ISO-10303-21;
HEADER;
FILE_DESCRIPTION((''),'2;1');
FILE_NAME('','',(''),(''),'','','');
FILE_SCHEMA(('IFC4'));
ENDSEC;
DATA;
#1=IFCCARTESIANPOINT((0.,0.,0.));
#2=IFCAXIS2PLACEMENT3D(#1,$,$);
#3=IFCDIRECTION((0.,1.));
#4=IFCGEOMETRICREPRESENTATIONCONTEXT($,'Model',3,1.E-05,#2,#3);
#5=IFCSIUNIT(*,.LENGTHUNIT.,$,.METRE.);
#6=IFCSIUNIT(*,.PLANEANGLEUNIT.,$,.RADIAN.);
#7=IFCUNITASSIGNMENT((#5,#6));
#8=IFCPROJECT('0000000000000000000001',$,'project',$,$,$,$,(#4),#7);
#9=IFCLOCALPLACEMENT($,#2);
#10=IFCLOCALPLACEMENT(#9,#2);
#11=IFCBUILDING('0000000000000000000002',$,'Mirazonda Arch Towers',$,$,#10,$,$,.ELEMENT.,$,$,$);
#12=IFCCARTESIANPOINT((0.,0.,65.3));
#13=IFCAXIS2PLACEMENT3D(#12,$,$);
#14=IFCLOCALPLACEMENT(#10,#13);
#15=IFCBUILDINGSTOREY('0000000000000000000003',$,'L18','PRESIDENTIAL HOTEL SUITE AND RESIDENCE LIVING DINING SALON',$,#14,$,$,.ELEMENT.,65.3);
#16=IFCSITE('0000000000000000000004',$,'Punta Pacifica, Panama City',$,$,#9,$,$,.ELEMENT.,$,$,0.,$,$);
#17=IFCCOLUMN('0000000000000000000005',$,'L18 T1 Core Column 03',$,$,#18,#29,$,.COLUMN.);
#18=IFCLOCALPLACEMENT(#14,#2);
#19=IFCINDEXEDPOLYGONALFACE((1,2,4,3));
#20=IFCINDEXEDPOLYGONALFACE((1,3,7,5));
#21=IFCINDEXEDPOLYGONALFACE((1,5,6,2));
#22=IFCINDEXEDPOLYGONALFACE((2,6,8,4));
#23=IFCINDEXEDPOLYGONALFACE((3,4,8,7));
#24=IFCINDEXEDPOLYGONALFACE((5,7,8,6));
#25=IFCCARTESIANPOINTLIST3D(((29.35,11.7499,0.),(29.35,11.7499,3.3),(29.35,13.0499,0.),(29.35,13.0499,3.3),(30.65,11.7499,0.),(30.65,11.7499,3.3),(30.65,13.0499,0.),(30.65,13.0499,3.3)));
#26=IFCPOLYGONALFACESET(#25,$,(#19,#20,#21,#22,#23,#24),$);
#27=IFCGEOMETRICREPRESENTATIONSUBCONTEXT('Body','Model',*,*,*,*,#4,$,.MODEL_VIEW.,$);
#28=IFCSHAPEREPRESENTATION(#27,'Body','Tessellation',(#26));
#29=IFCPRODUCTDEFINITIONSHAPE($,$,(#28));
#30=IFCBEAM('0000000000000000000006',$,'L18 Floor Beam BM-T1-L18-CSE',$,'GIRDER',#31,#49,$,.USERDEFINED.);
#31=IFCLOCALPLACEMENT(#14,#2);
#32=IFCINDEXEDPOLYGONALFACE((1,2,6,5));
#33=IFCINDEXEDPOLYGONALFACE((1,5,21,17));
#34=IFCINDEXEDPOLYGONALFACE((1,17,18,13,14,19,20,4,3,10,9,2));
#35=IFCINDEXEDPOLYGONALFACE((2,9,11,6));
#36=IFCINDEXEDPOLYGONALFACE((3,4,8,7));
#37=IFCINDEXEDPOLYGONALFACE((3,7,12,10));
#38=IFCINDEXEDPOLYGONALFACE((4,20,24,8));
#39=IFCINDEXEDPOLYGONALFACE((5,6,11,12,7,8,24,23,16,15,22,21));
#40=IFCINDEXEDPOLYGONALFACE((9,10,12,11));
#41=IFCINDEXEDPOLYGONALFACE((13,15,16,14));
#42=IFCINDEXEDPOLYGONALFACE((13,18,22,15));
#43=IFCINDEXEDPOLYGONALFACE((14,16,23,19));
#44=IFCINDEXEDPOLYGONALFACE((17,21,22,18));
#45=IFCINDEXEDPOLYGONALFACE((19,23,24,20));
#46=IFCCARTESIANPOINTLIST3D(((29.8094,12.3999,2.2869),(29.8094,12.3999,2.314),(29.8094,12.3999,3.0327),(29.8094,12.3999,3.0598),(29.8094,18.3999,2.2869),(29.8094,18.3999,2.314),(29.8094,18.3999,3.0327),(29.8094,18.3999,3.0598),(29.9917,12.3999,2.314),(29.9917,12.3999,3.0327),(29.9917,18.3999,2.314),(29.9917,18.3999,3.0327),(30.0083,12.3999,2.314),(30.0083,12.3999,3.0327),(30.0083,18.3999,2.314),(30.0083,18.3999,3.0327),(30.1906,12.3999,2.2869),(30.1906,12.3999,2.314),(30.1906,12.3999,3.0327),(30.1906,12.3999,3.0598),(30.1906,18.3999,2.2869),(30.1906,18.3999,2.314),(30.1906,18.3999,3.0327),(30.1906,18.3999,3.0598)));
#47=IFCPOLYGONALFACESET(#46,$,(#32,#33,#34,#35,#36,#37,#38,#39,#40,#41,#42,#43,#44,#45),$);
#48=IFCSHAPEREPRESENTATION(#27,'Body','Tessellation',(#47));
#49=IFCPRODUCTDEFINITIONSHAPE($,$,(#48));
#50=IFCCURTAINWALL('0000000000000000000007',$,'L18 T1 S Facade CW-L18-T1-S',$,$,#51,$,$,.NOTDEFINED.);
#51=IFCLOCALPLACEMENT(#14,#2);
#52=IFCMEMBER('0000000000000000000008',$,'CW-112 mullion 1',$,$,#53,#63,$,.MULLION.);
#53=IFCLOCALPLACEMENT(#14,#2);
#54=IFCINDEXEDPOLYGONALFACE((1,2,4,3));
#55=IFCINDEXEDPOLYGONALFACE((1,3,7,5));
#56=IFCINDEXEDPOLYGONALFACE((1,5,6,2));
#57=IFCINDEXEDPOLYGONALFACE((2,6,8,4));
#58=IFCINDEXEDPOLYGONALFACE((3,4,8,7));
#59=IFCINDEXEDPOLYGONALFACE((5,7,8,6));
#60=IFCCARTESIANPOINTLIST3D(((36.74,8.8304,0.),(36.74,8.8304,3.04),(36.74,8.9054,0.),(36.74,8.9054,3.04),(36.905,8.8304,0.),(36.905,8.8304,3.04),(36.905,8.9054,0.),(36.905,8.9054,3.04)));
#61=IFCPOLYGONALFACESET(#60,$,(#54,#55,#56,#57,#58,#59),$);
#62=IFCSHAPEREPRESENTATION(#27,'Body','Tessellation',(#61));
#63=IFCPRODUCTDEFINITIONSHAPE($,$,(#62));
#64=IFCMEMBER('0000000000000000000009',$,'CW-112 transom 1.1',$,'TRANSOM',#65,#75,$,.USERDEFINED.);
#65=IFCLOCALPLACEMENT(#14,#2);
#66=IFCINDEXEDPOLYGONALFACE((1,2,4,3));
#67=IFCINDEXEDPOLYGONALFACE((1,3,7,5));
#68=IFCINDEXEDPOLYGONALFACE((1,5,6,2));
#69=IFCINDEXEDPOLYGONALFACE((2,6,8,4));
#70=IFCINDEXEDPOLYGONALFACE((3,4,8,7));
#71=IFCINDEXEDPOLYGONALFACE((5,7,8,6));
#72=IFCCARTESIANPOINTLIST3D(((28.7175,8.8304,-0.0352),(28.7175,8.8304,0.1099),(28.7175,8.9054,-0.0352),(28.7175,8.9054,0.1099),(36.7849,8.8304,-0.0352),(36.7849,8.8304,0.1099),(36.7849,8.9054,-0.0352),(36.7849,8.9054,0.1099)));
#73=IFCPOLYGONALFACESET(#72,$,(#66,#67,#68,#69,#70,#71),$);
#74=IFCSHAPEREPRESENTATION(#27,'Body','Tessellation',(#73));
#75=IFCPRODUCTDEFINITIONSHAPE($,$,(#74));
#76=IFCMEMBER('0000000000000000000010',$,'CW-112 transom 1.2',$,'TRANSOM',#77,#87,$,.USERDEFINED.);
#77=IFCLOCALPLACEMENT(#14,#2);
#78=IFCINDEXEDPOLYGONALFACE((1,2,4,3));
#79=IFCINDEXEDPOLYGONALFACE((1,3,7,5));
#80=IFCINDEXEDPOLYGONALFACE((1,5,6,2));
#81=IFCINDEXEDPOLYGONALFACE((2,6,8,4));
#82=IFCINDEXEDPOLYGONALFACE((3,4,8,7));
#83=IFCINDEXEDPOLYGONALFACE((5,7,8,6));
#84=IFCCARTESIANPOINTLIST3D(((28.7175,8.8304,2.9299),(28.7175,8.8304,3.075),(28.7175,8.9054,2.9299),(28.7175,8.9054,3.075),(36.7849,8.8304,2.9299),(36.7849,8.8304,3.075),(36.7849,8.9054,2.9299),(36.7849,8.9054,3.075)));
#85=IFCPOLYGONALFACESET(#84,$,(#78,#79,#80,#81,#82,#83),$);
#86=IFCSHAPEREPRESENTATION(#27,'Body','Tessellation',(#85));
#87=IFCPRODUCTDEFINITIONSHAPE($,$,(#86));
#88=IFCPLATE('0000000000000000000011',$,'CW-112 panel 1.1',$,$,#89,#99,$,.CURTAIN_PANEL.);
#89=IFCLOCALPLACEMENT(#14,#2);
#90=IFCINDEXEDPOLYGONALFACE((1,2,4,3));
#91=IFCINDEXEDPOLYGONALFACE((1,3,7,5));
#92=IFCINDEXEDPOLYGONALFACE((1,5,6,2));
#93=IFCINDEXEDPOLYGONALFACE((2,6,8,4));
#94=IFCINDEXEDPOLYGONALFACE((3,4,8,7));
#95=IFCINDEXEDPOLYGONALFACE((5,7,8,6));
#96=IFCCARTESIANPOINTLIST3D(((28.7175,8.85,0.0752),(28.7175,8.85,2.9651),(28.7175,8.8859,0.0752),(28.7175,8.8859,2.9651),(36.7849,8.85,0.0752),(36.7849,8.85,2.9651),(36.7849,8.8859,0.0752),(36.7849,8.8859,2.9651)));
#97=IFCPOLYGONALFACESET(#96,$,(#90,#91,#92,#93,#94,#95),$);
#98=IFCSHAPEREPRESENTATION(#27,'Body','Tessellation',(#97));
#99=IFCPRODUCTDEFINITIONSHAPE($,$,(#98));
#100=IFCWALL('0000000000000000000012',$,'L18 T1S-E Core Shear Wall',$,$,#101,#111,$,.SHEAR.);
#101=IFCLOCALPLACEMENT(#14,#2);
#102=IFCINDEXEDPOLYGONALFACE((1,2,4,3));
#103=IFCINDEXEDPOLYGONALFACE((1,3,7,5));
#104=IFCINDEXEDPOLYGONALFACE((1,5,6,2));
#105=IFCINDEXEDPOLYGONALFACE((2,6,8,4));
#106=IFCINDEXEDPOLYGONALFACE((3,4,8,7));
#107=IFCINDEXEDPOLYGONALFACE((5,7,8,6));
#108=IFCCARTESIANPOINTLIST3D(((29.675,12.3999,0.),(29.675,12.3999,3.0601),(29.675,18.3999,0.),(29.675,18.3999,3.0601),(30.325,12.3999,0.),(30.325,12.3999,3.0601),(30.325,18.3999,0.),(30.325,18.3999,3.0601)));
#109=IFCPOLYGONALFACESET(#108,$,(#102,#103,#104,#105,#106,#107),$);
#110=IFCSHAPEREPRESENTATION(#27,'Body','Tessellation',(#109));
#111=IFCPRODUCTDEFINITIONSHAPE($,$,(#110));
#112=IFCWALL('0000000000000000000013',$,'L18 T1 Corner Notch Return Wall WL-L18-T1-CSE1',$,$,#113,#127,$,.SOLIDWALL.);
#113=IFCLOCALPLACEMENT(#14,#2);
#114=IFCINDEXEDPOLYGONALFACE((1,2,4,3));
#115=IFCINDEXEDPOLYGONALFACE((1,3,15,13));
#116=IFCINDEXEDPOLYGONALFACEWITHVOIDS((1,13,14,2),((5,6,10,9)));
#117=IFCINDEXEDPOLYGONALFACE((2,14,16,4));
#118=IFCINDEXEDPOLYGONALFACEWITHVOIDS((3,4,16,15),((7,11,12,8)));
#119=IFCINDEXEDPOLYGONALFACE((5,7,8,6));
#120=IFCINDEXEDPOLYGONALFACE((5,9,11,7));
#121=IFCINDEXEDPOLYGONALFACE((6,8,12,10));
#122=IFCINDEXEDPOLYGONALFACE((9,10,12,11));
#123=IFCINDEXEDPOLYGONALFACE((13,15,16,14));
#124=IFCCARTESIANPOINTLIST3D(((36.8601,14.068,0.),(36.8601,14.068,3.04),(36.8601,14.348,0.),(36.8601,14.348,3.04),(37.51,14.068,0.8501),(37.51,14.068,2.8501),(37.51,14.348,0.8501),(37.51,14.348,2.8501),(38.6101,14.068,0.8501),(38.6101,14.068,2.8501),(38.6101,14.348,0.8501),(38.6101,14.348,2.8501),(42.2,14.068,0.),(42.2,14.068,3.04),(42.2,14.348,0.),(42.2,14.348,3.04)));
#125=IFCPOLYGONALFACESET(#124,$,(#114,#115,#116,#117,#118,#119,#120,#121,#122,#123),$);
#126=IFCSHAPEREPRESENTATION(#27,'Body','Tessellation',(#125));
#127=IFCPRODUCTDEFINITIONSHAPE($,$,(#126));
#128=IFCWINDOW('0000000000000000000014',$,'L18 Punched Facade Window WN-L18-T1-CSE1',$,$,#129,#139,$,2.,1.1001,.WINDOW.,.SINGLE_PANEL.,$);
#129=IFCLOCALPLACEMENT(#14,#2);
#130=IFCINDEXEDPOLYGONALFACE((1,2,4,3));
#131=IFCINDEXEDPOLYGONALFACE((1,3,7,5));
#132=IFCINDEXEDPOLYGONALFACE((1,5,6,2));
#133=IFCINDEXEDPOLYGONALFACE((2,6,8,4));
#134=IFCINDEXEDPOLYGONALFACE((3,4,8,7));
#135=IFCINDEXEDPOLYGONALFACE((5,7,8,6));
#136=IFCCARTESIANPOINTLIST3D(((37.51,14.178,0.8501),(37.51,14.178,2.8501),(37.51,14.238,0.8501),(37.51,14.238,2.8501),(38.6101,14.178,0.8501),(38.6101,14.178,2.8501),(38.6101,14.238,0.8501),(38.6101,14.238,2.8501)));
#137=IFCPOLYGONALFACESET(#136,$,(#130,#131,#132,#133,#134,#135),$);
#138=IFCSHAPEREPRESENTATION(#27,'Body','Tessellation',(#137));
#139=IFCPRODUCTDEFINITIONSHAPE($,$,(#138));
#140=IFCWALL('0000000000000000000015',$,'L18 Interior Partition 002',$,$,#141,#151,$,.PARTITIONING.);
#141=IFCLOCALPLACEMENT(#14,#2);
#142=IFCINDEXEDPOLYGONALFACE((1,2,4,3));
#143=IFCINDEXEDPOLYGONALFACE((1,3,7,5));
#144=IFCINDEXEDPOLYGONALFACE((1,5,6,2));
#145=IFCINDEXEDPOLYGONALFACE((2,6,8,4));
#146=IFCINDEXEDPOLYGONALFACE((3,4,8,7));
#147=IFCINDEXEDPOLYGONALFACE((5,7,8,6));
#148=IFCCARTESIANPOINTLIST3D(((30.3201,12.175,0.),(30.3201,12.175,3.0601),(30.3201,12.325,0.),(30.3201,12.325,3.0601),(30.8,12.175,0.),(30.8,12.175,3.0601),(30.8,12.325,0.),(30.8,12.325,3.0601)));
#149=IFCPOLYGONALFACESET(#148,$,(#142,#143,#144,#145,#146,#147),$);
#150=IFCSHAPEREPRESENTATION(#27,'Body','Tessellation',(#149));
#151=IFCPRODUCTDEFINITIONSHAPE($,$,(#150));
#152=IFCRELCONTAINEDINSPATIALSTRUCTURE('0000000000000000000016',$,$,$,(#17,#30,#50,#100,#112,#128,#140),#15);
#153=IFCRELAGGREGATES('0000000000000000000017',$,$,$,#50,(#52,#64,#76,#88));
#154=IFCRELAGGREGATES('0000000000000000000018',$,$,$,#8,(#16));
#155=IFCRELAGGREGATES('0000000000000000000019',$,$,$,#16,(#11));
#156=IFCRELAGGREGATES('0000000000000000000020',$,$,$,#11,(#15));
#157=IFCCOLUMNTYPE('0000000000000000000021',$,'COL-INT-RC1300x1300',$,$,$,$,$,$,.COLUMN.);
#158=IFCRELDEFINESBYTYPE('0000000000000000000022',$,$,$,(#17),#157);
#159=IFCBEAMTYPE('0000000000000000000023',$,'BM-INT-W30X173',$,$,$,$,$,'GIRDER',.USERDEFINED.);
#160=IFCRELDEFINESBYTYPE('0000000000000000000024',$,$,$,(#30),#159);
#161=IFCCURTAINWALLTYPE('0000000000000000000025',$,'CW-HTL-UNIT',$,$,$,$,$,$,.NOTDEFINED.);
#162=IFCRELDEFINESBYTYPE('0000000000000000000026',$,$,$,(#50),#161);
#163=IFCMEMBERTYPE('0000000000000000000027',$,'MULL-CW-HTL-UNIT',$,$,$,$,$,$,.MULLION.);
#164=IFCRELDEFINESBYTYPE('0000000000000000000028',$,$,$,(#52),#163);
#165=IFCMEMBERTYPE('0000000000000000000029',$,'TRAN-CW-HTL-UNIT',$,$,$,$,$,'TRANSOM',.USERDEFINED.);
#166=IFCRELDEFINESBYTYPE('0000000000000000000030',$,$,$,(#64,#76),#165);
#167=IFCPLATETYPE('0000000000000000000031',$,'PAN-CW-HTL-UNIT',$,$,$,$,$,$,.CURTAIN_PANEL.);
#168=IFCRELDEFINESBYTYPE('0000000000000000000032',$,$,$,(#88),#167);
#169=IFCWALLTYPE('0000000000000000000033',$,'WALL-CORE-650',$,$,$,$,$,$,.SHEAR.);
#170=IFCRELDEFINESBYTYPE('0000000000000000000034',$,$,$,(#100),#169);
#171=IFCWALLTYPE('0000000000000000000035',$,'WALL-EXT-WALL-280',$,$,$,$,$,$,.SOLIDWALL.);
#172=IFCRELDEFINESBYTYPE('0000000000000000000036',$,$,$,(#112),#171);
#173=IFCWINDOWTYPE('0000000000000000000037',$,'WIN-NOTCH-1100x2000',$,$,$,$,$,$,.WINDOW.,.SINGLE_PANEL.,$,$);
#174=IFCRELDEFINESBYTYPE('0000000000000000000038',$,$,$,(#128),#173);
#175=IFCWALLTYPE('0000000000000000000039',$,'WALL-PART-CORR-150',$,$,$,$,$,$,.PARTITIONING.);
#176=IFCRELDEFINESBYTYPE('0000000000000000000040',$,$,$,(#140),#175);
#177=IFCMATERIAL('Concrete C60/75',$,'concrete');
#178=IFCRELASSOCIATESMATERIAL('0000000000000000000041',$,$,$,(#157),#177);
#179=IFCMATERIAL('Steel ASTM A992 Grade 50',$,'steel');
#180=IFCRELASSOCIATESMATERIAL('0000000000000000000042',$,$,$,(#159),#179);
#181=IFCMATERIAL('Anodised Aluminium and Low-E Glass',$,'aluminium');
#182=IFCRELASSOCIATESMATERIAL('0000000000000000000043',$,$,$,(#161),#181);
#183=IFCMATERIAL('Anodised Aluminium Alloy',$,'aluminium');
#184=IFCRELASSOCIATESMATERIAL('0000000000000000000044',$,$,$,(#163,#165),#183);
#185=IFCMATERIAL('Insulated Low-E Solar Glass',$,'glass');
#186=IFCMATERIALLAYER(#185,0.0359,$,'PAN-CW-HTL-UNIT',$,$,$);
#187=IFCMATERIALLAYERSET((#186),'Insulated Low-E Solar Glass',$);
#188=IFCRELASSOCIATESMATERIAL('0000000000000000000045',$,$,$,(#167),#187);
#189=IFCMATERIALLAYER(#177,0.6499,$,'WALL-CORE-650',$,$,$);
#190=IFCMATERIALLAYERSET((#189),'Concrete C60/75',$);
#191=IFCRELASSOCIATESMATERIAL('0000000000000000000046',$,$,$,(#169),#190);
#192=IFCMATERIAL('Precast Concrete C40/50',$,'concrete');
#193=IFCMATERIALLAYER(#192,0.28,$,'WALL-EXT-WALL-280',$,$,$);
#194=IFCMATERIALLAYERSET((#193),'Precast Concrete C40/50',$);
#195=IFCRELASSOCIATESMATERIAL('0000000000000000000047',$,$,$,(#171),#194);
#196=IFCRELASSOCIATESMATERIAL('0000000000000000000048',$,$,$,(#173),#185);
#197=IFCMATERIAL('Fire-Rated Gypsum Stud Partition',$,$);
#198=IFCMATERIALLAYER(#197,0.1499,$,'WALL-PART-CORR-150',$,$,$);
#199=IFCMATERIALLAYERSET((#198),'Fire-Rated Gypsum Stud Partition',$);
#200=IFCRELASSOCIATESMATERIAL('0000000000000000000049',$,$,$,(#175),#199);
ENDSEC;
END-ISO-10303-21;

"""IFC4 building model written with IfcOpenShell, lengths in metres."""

from ifc_helpers import new_model, si_unit, direction, frame, frame_2d, origin, origin_2d, place, context, subcontext, project, spatial, rectangle, i_section, extrude, material, layer, layer_set, material_profile, profile_set, type_object, element, fill, aggregate, save


model = new_model("IFC4")

# Units and contexts
model_context = context("Model", 3, precision=1e-05, world=origin(), true_north=direction((0.0, 1.0)))
body_context = subcontext(model_context, "Body", "Model", "MODEL_VIEW")
ifc_project = project(units=[si_unit("LENGTHUNIT", "METRE"), si_unit("PLANEANGLEUNIT", "RADIAN")], contexts=[model_context])

# Site, building, storey
site_placement = place(None, origin())
site = spatial("IfcSite", under=ifc_project, at=site_placement, Name="Punta Pacifica, Panama City", CompositionType="ELEMENT", RefElevation=0.0)
building_placement = place(site_placement, origin())
building = spatial("IfcBuilding", under=site, at=building_placement, Name="Mirazonda Arch Towers", CompositionType="ELEMENT")
storey_placement = place(building_placement, frame((0.0, 0.0, 65.3)))
storey = spatial("IfcBuildingStorey", under=building, at=storey_placement, Name="L18", Description="PRESIDENTIAL HOTEL SUITE AND RESIDENCE LIVING DINING SALON", CompositionType="ELEMENT", Elevation=65.3)

# Column
ifc_material_1 = material(Name="Concrete C60/75", Category="concrete")
ifc_material_profile_1 = material_profile(ifc_material_1, rectangle(XDim=1.3, YDim=1.3, at=origin_2d()), Name="RC1300x1300")
ifc_profile_set_1 = profile_set([ifc_material_profile_1], Name="Concrete C60/75")
column_type = type_object("IfcColumnType", Name="COL-INT-RC1300x1300", PredefinedType="COLUMN", material=ifc_profile_set_1)
column_placement = place(storey_placement, frame((30.0, 12.3999, 0.0), z_axis=(0.0, 0.0, 1.0), x_axis=(1.0, 0.0, 0.0)))
element("IfcColumn", 1, at=column_placement, inside=storey, type_object=column_type, Name="L18 T1 Core Column 03", PredefinedType="COLUMN", context=body_context, shape_type="SweptSolid", body=[
    extrude(rectangle(XDim=1.3, YDim=1.3, at=origin_2d()), origin(), (0.0, 0.0, 1.0), 3.3),
])

# Beam
ifc_material_2 = material(Name="Steel ASTM A992 Grade 50", Category="steel")
ifc_material_profile_2 = material_profile(ifc_material_2, i_section(OverallWidth=0.3811, OverallDepth=0.7729, WebThickness=0.0166, FlangeThickness=0.0271, at=origin_2d()), Name="W30X173")
ifc_profile_set_2 = profile_set([ifc_material_profile_2], Name="Steel ASTM A992 Grade 50")
beam_type = type_object("IfcBeamType", Name="BM-INT-W30X173", ElementType="GIRDER", PredefinedType="USERDEFINED", material=ifc_profile_set_2)
beam_placement = place(storey_placement, frame((30.0, 12.3999, 2.6733), z_axis=(0.0, 1.0, 0.0), x_axis=(-1.0, 0.0, 0.0)))
element("IfcBeam", 2, at=beam_placement, inside=storey, type_object=beam_type, Name="L18 Floor Beam BM-T1-L18-CSE", ObjectType="GIRDER", PredefinedType="USERDEFINED", context=body_context, shape_type="SweptSolid", body=[
    extrude(i_section(OverallWidth=0.3811, OverallDepth=0.7729, WebThickness=0.0166, FlangeThickness=0.0271, at=origin_2d()), origin(), (0.0, 0.0, 1.0), 6.0),
])

# Curtain wall, members, plate
ifc_material_3 = material(Name="Anodised Aluminium and Low-E Glass", Category="aluminium")
curtain_wall_type = type_object("IfcCurtainWallType", Name="CW-HTL-UNIT", PredefinedType="NOTDEFINED", material=ifc_material_3)
curtain_wall_placement = place(storey_placement, origin())
curtain_wall = element("IfcCurtainWall", 3, at=curtain_wall_placement, inside=storey, type_object=curtain_wall_type, Name="L18 T1 S Facade CW-L18-T1-S", PredefinedType="NOTDEFINED")
ifc_material_4 = material(Name="Anodised Aluminium Alloy", Category="aluminium")
ifc_material_profile_3 = material_profile(ifc_material_4, rectangle(XDim=0.075, YDim=0.165, at=origin_2d()), Name="ALU-MULL-75x165")
ifc_profile_set_3 = profile_set([ifc_material_profile_3], Name="Anodised Aluminium Alloy")
member_type_1 = type_object("IfcMemberType", Name="MULL-CW-HTL-UNIT", PredefinedType="MULLION", material=ifc_profile_set_3)
member_1_placement = place(storey_placement, frame((36.8225, 8.8679, 0.0), z_axis=(0.0, 0.0, 1.0), x_axis=(0.0, -1.0, 0.0)))
member_1 = element("IfcMember", 4, at=member_1_placement, type_object=member_type_1, Name="CW-112 mullion 1", PredefinedType="MULLION", context=body_context, shape_type="SweptSolid", body=[
    extrude(rectangle(XDim=0.075, YDim=0.165, at=origin_2d()), origin(), (0.0, 0.0, 1.0), 3.04),
])
ifc_material_profile_4 = material_profile(ifc_material_4, rectangle(XDim=0.075, YDim=0.145, at=origin_2d()), Name="ALU-TRAN-75x145")
ifc_profile_set_4 = profile_set([ifc_material_profile_4], Name="Anodised Aluminium Alloy")
member_type_2 = type_object("IfcMemberType", Name="TRAN-CW-HTL-UNIT", ElementType="TRANSOM", PredefinedType="USERDEFINED", material=ifc_profile_set_4)
member_2_placement = place(storey_placement, frame((36.7849, 8.8679, 0.0374), z_axis=(-1.0, 0.0, 0.0), x_axis=(0.0, -1.0, 0.0)))
member_2 = element("IfcMember", 5, at=member_2_placement, type_object=member_type_2, Name="CW-112 transom 1.1", ObjectType="TRANSOM", PredefinedType="USERDEFINED", context=body_context, shape_type="SweptSolid", body=[
    extrude(rectangle(XDim=0.075, YDim=0.145, at=origin_2d()), origin(), (0.0, 0.0, 1.0), 8.0674),
])
member_3_placement = place(storey_placement, frame((36.7849, 8.8679, 3.0024), z_axis=(-1.0, 0.0, 0.0), x_axis=(0.0, -1.0, 0.0)))
member_3 = element("IfcMember", 6, at=member_3_placement, type_object=member_type_2, Name="CW-112 transom 1.2", ObjectType="TRANSOM", PredefinedType="USERDEFINED", context=body_context, shape_type="SweptSolid", body=[
    extrude(rectangle(XDim=0.075, YDim=0.145, at=origin_2d()), origin(), (0.0, 0.0, 1.0), 8.0674),
])
ifc_material_5 = material(Name="Insulated Low-E Solar Glass", Category="glass")
ifc_layer_1 = layer(ifc_material_5, 0.0359, Name="PAN-CW-HTL-UNIT")
ifc_layer_set_1 = layer_set([ifc_layer_1], Name="Insulated Low-E Solar Glass")
plate_type = type_object("IfcPlateType", Name="PAN-CW-HTL-UNIT", PredefinedType="CURTAIN_PANEL", material=ifc_layer_set_1)
plate_placement = place(storey_placement, frame((32.7512, 8.8679, 0.0752), z_axis=(0.0, 0.0, 1.0), x_axis=(-1.0, 0.0, 0.0)))
plate = element("IfcPlate", 7, at=plate_placement, type_object=plate_type, Name="CW-112 panel 1.1", PredefinedType="CURTAIN_PANEL", context=body_context, shape_type="SweptSolid", body=[
    extrude(rectangle(XDim=8.0674, YDim=0.0359, at=origin_2d()), origin(), (0.0, 0.0, 1.0), 2.8899),
])
aggregate(curtain_wall, [member_1, member_2, member_3, plate])

# Wall
ifc_layer_2 = layer(ifc_material_1, 0.6499, Name="WALL-CORE-650")
ifc_layer_set_2 = layer_set([ifc_layer_2], Name="Concrete C60/75")
wall_type_1 = type_object("IfcWallType", Name="WALL-CORE-650", PredefinedType="SHEAR", material=ifc_layer_set_2)
wall_1_placement = place(storey_placement, frame((30.0, 12.3999, 0.0), z_axis=(0.0, 0.0, 1.0), x_axis=(0.0, 1.0, 0.0)))
element("IfcWall", 8, at=wall_1_placement, inside=storey, type_object=wall_type_1, Name="L18 T1S-E Core Shear Wall", PredefinedType="SHEAR", context=body_context, shape_type="SweptSolid", body=[
    extrude(rectangle(XDim=6.0, YDim=0.6499, at=frame_2d((3.0, 0.0))), origin(), (0.0, 0.0, 1.0), 3.0601),
])

# Wall, opening, window
ifc_material_6 = material(Name="Precast Concrete C40/50", Category="concrete")
ifc_layer_3 = layer(ifc_material_6, 0.28, Name="WALL-EXT-WALL-280")
ifc_layer_set_3 = layer_set([ifc_layer_3], Name="Precast Concrete C40/50")
wall_type_2 = type_object("IfcWallType", Name="WALL-EXT-WALL-280", PredefinedType="SOLIDWALL", material=ifc_layer_set_3)
wall_2_placement = place(storey_placement, frame((36.8601, 14.208, 0.0), z_axis=(0.0, 0.0, 1.0), x_axis=(1.0, 0.0, 0.0)))
wall_2 = element("IfcWall", 9, at=wall_2_placement, inside=storey, type_object=wall_type_2, Name="L18 T1 Corner Notch Return Wall WL-L18-T1-CSE1", PredefinedType="SOLIDWALL", context=body_context, shape_type="SweptSolid", body=[
    extrude(rectangle(XDim=5.3398, YDim=0.28, at=frame_2d((2.6699, 0.0))), origin(), (0.0, 0.0, 1.0), 3.04),
])
opening_1_placement = place(wall_2_placement, frame((0.6499, 0.0, 0.8501)))
opening_1 = element("IfcOpeningElement", 10, at=opening_1_placement, cuts=wall_2, PredefinedType="OPENING", context=body_context, shape_type="SweptSolid", body=[
    extrude(rectangle(XDim=1.1001, YDim=2.0, at=frame_2d((0.55, 1.0))), frame((0.0, 0.1499, 0.0), z_axis=(0.0, -1.0, 0.0), x_axis=(1.0, 0.0, 0.0)), (0.0, 0.0, 1.0), 0.3),
])
window_type = type_object("IfcWindowType", Name="WIN-NOTCH-1100x2000", PartitioningType="SINGLE_PANEL", PredefinedType="WINDOW", material=ifc_material_5)
window_placement = place(opening_1_placement, origin())
window = element("IfcWindow", 11, at=window_placement, inside=storey, type_object=window_type, Name="L18 Punched Facade Window WN-L18-T1-CSE1", OverallHeight=2.0, OverallWidth=1.1001, PartitioningType="SINGLE_PANEL", PredefinedType="WINDOW", context=body_context, shape_type="SweptSolid", body=[
    extrude(rectangle(XDim=1.1001, YDim=2.0, at=frame_2d((0.55, 1.0))), frame((0.0, 0.03, 0.0), z_axis=(0.0, -1.0, 0.0), x_axis=(1.0, 0.0, 0.0)), (0.0, 0.0, 1.0), 0.0601),
])
fill(opening_1, window)

# Wall
ifc_material_7 = material(Name="Fire-Rated Gypsum Stud Partition")
ifc_layer_4 = layer(ifc_material_7, 0.1499, Name="WALL-PART-CORR-150")
ifc_layer_set_4 = layer_set([ifc_layer_4], Name="Fire-Rated Gypsum Stud Partition")
wall_type_3 = type_object("IfcWallType", Name="WALL-PART-CORR-150", PredefinedType="PARTITIONING", material=ifc_layer_set_4)
wall_3_placement = place(storey_placement, frame((30.3201, 12.25, 0.0), z_axis=(0.0, 0.0, 1.0), x_axis=(1.0, 0.0, 0.0)))
element("IfcWall", 12, at=wall_3_placement, inside=storey, type_object=wall_type_3, Name="L18 Interior Partition 002", PredefinedType="PARTITIONING", context=body_context, shape_type="SweptSolid", body=[
    extrude(rectangle(XDim=0.48, YDim=0.1499, at=frame_2d((0.24, 0.0))), origin(), (0.0, 0.0, 1.0), 3.0601),
])

save(model, "model.ifc")
